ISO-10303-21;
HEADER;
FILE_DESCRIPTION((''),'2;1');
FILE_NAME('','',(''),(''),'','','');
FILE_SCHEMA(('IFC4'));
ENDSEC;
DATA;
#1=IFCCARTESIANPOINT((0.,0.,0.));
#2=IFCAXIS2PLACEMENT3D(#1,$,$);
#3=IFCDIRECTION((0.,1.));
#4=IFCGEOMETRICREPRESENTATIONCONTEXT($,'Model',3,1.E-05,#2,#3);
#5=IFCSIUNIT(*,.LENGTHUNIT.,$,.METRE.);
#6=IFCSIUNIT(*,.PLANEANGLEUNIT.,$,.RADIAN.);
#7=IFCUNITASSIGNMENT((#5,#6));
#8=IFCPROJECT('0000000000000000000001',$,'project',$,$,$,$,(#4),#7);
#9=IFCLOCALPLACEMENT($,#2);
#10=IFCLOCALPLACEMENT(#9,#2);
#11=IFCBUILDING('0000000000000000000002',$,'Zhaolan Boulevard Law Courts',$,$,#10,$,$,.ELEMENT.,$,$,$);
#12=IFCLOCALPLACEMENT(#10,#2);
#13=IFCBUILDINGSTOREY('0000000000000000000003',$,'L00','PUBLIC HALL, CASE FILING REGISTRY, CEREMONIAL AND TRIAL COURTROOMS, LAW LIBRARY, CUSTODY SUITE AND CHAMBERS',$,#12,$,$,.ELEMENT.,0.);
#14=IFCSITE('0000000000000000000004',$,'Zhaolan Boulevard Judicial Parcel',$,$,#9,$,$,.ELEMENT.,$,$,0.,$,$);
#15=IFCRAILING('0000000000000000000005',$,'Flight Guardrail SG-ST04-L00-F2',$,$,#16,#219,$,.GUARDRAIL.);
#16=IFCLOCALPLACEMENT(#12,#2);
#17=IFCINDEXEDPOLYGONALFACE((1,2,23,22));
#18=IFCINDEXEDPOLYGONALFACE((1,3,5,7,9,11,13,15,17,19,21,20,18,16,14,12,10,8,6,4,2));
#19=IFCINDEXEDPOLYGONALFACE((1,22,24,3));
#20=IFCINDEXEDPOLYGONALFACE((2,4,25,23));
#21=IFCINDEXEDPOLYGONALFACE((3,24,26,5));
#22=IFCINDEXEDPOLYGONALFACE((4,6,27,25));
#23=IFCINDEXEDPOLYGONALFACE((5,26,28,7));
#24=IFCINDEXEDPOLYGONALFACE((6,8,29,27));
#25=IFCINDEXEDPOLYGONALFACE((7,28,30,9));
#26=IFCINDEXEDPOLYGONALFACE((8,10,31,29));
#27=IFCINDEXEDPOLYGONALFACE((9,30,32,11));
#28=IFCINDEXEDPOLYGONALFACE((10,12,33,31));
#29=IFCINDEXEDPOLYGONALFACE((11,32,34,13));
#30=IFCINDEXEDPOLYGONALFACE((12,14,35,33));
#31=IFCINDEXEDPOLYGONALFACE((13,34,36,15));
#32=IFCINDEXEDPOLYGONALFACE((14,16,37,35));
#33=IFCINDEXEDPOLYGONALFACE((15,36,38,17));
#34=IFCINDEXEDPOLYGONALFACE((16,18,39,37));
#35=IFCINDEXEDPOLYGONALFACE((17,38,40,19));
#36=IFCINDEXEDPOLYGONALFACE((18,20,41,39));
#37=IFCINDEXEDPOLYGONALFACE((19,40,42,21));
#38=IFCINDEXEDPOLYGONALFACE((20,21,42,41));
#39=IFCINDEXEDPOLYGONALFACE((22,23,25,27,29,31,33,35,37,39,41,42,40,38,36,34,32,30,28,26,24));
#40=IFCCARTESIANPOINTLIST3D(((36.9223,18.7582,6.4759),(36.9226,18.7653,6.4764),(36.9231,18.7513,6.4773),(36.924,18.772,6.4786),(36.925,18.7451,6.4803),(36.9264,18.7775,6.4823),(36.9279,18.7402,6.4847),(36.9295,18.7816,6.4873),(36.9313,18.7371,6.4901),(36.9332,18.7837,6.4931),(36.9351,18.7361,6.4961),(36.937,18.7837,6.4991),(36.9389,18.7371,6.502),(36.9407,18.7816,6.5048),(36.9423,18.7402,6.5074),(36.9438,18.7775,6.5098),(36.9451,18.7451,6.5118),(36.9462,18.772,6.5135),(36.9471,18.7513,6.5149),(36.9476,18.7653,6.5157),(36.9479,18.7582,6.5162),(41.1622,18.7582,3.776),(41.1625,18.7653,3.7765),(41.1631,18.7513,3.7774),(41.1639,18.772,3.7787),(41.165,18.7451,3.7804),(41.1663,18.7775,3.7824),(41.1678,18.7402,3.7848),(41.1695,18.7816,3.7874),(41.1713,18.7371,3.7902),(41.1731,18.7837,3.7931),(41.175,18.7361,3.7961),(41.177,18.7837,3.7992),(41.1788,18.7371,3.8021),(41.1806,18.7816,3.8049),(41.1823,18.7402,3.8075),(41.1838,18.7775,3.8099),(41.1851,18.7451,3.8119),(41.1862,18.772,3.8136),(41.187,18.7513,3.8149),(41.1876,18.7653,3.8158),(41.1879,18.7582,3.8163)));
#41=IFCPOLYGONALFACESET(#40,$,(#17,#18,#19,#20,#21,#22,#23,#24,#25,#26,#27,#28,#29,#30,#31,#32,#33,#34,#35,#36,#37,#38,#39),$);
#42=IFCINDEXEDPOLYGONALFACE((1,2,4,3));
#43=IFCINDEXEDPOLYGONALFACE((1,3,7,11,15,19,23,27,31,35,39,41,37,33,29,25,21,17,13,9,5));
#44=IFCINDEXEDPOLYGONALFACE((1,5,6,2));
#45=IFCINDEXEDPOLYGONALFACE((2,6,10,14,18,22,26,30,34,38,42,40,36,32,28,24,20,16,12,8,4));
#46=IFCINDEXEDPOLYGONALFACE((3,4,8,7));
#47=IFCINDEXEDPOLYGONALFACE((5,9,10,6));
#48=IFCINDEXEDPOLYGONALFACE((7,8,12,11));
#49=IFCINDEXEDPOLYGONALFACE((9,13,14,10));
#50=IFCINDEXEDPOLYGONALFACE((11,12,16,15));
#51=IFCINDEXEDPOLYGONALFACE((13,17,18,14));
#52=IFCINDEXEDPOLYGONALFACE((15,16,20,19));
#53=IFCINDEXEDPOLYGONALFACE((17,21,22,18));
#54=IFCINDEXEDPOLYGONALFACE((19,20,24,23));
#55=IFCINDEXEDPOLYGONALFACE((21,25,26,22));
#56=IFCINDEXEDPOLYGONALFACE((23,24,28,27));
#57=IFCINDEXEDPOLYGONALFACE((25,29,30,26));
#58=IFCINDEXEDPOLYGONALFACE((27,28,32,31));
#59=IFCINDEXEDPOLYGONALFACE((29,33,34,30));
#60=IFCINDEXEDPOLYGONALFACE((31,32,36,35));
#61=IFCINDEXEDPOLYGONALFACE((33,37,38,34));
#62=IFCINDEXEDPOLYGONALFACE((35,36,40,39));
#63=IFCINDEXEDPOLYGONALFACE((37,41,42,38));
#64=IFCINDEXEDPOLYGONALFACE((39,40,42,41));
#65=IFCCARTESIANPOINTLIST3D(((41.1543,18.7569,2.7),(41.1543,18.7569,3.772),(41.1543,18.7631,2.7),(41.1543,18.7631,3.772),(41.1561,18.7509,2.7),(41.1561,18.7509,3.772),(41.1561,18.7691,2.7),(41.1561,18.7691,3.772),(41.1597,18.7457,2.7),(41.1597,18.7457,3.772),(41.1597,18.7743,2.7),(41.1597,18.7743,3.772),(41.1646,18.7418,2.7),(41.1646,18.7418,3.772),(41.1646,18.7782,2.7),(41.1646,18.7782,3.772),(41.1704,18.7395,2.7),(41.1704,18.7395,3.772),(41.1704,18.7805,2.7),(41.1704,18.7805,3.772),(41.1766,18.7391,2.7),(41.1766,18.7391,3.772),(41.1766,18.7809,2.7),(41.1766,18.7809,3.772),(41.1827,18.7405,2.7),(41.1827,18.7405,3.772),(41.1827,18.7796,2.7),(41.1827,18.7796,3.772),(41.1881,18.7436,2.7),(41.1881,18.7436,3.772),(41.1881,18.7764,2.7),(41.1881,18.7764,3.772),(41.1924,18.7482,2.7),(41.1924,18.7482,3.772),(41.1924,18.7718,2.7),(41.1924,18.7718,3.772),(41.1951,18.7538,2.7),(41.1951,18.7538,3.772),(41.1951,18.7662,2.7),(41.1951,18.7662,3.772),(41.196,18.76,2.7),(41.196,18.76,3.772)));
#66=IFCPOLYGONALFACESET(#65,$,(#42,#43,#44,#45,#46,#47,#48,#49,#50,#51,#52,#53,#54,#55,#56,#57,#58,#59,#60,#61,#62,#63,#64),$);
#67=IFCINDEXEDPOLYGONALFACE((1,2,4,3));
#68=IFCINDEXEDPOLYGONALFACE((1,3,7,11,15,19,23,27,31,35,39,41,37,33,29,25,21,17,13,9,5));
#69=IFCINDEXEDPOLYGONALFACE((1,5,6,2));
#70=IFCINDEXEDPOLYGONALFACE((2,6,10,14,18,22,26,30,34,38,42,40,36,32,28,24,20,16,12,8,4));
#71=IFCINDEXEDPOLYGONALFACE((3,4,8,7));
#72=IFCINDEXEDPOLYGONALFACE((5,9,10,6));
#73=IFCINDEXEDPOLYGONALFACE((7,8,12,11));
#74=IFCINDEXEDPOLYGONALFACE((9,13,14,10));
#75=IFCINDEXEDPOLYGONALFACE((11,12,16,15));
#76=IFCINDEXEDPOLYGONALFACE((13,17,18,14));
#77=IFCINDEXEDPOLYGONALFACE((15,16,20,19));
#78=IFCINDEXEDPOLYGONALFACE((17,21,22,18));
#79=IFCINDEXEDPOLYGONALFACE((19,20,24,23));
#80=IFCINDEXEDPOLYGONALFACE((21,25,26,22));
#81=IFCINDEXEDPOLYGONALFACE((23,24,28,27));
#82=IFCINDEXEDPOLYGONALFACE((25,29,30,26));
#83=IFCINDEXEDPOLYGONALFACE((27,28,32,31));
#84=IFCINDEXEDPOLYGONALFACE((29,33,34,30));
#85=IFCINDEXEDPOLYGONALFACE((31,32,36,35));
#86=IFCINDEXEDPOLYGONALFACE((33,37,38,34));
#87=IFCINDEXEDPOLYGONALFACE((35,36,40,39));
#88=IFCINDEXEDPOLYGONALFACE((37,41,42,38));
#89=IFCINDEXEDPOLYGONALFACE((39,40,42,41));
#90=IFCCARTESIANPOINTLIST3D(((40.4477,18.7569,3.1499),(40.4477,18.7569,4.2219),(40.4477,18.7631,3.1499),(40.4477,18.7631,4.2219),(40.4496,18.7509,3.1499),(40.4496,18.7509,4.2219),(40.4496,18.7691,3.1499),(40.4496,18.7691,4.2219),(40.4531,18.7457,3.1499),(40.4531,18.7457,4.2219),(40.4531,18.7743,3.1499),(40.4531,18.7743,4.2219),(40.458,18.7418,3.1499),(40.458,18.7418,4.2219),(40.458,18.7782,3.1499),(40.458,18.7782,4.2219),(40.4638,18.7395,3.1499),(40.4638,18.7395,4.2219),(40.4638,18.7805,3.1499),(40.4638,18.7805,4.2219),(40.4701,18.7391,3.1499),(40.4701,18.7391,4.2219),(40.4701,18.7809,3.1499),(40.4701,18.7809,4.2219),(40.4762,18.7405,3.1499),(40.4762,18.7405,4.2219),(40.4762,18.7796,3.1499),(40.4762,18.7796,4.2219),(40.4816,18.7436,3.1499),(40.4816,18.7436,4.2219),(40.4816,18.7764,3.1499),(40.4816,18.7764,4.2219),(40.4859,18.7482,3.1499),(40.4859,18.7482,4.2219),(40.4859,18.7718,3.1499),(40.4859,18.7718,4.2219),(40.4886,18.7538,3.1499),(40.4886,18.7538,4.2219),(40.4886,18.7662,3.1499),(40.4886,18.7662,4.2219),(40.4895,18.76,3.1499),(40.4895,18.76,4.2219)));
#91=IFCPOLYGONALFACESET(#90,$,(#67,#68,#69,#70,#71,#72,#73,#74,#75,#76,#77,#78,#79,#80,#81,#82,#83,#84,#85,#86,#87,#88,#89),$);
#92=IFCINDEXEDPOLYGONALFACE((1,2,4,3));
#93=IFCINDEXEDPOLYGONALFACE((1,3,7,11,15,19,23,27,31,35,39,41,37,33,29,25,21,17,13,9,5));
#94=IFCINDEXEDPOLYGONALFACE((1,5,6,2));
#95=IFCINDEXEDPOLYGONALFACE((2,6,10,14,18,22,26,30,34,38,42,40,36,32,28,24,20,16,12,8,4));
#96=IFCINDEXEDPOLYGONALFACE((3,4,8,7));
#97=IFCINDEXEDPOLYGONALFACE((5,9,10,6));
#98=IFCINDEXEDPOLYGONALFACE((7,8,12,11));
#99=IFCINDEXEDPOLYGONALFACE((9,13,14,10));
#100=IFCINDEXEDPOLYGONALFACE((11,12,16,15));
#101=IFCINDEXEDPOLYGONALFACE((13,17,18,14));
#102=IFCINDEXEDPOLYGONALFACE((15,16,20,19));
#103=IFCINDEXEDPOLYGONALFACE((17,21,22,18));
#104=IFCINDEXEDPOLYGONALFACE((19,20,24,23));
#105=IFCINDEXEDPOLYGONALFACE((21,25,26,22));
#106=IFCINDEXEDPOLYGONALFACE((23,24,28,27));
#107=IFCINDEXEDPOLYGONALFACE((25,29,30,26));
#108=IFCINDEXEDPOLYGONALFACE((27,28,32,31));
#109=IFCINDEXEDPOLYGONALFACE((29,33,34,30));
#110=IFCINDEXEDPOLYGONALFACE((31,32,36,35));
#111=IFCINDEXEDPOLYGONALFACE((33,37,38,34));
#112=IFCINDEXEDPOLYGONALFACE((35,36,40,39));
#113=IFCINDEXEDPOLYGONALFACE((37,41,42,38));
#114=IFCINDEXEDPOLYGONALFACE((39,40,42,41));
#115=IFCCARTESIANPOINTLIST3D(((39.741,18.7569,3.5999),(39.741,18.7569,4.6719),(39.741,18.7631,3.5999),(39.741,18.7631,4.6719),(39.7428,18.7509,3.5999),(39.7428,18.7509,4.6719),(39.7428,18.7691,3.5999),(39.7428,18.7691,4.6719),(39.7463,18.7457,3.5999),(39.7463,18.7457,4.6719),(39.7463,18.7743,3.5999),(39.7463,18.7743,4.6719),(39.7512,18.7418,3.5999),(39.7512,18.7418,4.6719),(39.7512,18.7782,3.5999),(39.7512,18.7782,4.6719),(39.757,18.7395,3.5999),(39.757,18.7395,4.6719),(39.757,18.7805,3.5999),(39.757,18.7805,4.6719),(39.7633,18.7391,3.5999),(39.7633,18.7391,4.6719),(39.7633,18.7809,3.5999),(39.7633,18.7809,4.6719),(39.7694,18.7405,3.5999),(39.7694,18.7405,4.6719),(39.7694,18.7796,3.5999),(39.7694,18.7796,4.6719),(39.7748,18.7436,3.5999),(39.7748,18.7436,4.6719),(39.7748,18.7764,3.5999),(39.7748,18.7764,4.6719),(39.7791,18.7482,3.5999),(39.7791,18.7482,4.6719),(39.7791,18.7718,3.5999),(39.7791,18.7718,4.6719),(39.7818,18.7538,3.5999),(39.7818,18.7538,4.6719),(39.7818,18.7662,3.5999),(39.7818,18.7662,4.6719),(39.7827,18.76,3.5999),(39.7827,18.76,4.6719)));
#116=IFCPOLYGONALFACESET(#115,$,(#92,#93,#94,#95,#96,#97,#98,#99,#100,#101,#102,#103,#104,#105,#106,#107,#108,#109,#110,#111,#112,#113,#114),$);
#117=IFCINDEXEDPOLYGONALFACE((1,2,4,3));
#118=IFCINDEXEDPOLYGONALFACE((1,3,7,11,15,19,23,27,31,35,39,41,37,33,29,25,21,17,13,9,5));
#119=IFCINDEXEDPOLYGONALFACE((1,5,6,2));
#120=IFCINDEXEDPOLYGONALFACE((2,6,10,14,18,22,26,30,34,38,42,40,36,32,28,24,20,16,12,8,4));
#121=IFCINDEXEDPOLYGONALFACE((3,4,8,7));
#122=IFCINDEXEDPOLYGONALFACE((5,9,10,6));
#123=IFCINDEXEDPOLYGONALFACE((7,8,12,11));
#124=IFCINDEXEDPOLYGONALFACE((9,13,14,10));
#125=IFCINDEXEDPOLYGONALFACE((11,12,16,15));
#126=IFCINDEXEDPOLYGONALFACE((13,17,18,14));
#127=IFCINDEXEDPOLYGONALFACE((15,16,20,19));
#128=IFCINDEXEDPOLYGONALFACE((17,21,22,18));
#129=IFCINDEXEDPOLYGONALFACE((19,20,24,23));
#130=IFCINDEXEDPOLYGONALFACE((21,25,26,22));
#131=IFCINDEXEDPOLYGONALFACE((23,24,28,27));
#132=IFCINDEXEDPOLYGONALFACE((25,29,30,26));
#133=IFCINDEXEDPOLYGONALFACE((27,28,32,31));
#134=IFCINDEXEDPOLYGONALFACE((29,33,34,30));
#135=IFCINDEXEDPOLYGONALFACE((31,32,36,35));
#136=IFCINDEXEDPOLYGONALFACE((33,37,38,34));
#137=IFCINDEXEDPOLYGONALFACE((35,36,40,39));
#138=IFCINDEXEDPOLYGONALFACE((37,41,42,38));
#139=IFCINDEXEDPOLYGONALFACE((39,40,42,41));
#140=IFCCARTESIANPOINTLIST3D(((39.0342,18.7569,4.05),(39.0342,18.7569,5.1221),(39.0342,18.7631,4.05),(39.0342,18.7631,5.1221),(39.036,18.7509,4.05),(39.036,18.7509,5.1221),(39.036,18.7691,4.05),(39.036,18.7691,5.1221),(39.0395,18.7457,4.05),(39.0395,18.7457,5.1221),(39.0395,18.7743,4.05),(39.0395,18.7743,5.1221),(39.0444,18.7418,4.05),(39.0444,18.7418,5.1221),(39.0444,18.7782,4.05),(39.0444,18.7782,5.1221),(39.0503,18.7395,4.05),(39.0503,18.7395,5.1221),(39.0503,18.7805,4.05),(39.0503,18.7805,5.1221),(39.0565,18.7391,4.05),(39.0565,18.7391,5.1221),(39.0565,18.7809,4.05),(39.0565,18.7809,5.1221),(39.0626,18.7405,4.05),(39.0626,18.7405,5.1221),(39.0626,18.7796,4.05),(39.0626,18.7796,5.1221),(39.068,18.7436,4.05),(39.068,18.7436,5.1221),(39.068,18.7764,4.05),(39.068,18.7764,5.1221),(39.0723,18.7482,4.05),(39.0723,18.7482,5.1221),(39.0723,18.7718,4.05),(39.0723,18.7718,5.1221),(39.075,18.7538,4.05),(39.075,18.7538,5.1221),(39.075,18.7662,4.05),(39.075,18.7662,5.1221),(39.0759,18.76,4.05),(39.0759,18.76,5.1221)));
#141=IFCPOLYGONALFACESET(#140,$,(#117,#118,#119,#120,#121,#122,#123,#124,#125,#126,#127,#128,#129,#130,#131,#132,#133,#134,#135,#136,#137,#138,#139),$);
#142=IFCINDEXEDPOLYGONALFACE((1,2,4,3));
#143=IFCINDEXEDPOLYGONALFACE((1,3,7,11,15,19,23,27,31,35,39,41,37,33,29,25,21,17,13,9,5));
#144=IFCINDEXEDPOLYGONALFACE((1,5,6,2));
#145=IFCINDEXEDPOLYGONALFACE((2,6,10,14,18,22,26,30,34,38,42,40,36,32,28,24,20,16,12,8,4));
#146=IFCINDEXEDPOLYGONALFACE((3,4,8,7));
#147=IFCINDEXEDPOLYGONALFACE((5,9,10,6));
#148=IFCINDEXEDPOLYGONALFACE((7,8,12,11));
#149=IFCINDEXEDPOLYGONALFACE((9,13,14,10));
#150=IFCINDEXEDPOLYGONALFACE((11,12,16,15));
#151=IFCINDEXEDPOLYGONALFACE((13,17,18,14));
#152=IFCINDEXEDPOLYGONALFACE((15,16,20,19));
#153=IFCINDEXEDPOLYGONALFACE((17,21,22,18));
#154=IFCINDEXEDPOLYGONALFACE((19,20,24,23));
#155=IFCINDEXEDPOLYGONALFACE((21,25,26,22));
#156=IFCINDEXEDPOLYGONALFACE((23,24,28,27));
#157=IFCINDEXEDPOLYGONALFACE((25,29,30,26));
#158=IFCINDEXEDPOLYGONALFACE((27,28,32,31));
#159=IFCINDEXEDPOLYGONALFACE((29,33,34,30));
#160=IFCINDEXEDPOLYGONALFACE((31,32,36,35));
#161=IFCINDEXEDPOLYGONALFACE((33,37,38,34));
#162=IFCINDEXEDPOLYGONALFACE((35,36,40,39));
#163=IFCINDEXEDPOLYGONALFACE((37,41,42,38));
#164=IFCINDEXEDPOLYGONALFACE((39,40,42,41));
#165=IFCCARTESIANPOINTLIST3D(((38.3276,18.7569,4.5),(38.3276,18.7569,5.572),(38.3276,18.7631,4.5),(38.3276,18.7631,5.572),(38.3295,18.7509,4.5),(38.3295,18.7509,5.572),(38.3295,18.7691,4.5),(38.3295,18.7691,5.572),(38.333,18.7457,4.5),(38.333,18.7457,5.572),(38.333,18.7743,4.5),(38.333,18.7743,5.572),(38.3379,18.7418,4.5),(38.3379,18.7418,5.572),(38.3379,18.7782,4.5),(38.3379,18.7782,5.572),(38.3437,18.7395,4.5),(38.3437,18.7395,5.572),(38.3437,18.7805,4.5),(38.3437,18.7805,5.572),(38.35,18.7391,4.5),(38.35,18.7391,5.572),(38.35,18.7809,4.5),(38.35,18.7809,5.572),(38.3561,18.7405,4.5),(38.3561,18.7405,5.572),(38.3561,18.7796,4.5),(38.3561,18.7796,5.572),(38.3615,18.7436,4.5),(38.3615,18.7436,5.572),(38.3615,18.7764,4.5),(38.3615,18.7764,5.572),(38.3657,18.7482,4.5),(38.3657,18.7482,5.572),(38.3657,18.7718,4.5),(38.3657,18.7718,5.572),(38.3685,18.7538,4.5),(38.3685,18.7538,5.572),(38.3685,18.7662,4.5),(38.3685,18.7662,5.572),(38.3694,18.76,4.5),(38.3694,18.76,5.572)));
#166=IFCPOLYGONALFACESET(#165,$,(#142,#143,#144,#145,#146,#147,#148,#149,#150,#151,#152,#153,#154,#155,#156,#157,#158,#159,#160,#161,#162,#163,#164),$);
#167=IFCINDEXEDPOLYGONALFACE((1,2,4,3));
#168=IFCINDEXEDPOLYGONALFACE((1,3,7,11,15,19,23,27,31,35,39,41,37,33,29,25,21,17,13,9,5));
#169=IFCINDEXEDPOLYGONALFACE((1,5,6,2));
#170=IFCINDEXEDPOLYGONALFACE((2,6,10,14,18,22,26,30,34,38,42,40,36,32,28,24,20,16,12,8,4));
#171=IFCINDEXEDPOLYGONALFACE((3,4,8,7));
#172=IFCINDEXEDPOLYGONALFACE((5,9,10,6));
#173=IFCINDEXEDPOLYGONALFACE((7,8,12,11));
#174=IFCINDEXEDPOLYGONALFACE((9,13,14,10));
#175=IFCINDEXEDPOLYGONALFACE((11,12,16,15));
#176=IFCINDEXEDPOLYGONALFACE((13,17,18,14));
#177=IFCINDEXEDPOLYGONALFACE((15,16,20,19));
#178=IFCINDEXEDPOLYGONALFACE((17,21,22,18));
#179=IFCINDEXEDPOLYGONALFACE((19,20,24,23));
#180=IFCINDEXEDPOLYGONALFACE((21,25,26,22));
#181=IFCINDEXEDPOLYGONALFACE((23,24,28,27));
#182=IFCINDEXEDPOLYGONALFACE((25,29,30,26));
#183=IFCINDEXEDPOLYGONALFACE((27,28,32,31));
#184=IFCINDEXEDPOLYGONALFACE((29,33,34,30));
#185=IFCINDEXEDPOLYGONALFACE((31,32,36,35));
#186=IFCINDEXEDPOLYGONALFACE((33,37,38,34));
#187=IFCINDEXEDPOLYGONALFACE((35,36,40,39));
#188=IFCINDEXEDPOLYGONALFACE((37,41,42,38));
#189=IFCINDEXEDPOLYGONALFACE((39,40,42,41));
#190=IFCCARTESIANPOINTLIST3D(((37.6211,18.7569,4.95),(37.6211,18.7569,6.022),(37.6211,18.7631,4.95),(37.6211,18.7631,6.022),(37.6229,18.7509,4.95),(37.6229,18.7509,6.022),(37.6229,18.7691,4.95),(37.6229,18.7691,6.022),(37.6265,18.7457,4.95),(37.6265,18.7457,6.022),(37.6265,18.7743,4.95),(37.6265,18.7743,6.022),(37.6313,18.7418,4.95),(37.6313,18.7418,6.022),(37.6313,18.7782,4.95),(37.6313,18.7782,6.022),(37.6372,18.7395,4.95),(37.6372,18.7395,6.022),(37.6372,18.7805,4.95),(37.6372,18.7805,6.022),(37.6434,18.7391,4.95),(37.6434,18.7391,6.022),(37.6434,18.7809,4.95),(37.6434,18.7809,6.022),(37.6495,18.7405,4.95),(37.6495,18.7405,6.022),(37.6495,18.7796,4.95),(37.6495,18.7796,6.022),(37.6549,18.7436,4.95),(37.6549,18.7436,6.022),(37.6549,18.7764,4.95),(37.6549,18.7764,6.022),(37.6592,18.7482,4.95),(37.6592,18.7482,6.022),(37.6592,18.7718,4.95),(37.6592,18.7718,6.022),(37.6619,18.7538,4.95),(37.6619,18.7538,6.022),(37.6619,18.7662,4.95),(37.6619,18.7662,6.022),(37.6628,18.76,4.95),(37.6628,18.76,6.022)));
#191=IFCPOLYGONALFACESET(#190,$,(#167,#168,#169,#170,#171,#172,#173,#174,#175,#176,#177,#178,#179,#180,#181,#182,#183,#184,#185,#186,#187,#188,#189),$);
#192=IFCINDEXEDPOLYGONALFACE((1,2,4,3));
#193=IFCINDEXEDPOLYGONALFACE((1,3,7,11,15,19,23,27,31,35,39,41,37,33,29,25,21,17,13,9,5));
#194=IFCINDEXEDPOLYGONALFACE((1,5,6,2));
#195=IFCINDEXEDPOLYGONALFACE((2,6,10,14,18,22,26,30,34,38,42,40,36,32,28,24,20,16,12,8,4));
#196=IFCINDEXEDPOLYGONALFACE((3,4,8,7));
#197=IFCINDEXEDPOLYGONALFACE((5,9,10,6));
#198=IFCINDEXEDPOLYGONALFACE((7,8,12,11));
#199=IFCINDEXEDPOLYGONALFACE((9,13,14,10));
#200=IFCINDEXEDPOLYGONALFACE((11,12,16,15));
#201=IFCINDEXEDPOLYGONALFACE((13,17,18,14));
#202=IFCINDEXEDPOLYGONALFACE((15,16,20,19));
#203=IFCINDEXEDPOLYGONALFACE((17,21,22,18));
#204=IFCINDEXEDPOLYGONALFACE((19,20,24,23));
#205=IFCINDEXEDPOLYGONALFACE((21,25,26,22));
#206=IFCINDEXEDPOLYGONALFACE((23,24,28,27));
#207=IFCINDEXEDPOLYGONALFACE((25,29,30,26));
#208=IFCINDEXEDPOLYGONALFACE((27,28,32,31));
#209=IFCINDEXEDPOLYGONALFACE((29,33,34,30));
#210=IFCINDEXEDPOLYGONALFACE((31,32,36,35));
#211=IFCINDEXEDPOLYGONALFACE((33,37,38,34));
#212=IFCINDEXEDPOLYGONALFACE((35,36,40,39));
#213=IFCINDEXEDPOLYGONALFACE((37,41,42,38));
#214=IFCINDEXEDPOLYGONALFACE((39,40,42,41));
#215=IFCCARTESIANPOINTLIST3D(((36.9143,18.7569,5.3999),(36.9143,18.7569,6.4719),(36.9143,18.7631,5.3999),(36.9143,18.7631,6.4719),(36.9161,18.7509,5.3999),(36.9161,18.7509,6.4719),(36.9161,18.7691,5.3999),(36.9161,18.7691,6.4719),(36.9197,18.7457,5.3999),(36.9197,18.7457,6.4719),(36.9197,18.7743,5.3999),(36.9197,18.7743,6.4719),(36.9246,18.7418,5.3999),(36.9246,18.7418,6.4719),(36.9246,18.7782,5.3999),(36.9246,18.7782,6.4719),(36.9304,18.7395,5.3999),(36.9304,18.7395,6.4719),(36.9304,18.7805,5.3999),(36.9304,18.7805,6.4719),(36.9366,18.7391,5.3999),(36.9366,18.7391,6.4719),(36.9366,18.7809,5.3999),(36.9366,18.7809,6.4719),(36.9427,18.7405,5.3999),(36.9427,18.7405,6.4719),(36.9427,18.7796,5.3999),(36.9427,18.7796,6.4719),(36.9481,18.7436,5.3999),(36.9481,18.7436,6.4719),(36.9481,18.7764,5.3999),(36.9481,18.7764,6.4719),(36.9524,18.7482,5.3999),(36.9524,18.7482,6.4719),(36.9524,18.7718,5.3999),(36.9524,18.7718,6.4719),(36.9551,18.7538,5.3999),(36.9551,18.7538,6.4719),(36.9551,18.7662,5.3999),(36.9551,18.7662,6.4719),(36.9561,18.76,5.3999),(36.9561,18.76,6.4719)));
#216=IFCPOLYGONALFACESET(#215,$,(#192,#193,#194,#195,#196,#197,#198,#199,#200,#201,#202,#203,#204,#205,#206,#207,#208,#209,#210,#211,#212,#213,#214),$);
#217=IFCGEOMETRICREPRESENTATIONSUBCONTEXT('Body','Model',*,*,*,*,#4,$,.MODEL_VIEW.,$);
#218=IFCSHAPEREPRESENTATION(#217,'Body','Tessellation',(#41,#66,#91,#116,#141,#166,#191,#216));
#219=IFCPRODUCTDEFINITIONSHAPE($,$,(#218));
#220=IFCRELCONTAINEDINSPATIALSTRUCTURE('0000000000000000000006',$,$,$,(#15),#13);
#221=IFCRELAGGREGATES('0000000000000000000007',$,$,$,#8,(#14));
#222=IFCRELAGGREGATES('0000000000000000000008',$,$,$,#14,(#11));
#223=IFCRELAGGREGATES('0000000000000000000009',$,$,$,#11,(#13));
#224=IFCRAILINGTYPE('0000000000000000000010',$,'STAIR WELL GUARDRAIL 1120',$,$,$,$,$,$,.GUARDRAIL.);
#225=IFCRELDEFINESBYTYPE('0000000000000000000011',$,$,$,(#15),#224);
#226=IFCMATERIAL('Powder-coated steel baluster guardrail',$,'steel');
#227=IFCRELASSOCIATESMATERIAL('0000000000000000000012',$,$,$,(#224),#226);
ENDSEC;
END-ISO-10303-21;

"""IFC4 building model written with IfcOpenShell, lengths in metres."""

from ifc_helpers import new_model, si_unit, direction, frame, origin, origin_2d, place, context, subcontext, project, spatial, circle, extrude, material, type_object, element, save


model = new_model("IFC4")

# Units and contexts
model_context = context("Model", 3, precision=1e-05, world=origin(), true_north=direction((0.0, 1.0)))
body_context = subcontext(model_context, "Body", "Model", "MODEL_VIEW")
ifc_project = project(units=[si_unit("LENGTHUNIT", "METRE"), si_unit("PLANEANGLEUNIT", "RADIAN")], contexts=[model_context])

# Site, building, storey
site_placement = place(None, origin())
site = spatial("IfcSite", under=ifc_project, at=site_placement, Name="Zhaolan Boulevard Judicial Parcel", CompositionType="ELEMENT", RefElevation=0.0)
building_placement = place(site_placement, origin())
building = spatial("IfcBuilding", under=site, at=building_placement, Name="Zhaolan Boulevard Law Courts", CompositionType="ELEMENT")
storey_placement = place(building_placement, origin())
storey = spatial("IfcBuildingStorey", under=building, at=storey_placement, Name="L00", Description="PUBLIC HALL, CASE FILING REGISTRY, CEREMONIAL AND TRIAL COURTROOMS, LAW LIBRARY, CUSTODY SUITE AND CHAMBERS", CompositionType="ELEMENT", Elevation=0.0)

# Railing
ifc_material_1 = material(Name="Powder-coated steel baluster guardrail", Category="steel")
railing_type_1 = type_object("IfcRailingType", Name="STAIR WELL GUARDRAIL 1120", PredefinedType="GUARDRAIL", material=ifc_material_1)
railing_1_placement = place(storey_placement, frame((41.175, 18.76, 2.7)))
element("IfcRailing", 1, at=railing_1_placement, inside=storey, type_object=railing_type_1, Name="Flight Guardrail SG-ST04-L00-F2", PredefinedType="GUARDRAIL", context=body_context, shape_type="SweptSolid", body=[
    extrude(circle(Radius=0.0239, at=origin_2d()), frame((0.0, 0.0, 1.0962), z_axis=(-0.843501, 0.0, 0.537127), x_axis=(0.0, -1.0, 0.0)), (0.0, 0.0, 1.0), 5.0266),
    extrude(circle(Radius=0.021, at=origin_2d()), origin(), (0.0, 0.0, 1.0), 1.072),
    extrude(circle(Radius=0.021, at=origin_2d()), frame((-0.7065, 0.0, 0.45)), (0.0, 0.0, 1.0), 1.072),
    extrude(circle(Radius=0.021, at=origin_2d()), frame((-1.4133, 0.0, 0.8999)), (0.0, 0.0, 1.0), 1.072),
    extrude(circle(Radius=0.021, at=origin_2d()), frame((-2.1201, 0.0, 1.3501)), (0.0, 0.0, 1.0), 1.072),
    extrude(circle(Radius=0.021, at=origin_2d()), frame((-2.8267, 0.0, 1.8)), (0.0, 0.0, 1.0), 1.072),
    extrude(circle(Radius=0.021, at=origin_2d()), frame((-3.5332, 0.0, 2.25)), (0.0, 0.0, 1.0), 1.072),
    extrude(circle(Radius=0.021, at=origin_2d()), frame((-4.24, 0.0, 2.7)), (0.0, 0.0, 1.0), 1.072),
])

save(model, "model.ifc")
